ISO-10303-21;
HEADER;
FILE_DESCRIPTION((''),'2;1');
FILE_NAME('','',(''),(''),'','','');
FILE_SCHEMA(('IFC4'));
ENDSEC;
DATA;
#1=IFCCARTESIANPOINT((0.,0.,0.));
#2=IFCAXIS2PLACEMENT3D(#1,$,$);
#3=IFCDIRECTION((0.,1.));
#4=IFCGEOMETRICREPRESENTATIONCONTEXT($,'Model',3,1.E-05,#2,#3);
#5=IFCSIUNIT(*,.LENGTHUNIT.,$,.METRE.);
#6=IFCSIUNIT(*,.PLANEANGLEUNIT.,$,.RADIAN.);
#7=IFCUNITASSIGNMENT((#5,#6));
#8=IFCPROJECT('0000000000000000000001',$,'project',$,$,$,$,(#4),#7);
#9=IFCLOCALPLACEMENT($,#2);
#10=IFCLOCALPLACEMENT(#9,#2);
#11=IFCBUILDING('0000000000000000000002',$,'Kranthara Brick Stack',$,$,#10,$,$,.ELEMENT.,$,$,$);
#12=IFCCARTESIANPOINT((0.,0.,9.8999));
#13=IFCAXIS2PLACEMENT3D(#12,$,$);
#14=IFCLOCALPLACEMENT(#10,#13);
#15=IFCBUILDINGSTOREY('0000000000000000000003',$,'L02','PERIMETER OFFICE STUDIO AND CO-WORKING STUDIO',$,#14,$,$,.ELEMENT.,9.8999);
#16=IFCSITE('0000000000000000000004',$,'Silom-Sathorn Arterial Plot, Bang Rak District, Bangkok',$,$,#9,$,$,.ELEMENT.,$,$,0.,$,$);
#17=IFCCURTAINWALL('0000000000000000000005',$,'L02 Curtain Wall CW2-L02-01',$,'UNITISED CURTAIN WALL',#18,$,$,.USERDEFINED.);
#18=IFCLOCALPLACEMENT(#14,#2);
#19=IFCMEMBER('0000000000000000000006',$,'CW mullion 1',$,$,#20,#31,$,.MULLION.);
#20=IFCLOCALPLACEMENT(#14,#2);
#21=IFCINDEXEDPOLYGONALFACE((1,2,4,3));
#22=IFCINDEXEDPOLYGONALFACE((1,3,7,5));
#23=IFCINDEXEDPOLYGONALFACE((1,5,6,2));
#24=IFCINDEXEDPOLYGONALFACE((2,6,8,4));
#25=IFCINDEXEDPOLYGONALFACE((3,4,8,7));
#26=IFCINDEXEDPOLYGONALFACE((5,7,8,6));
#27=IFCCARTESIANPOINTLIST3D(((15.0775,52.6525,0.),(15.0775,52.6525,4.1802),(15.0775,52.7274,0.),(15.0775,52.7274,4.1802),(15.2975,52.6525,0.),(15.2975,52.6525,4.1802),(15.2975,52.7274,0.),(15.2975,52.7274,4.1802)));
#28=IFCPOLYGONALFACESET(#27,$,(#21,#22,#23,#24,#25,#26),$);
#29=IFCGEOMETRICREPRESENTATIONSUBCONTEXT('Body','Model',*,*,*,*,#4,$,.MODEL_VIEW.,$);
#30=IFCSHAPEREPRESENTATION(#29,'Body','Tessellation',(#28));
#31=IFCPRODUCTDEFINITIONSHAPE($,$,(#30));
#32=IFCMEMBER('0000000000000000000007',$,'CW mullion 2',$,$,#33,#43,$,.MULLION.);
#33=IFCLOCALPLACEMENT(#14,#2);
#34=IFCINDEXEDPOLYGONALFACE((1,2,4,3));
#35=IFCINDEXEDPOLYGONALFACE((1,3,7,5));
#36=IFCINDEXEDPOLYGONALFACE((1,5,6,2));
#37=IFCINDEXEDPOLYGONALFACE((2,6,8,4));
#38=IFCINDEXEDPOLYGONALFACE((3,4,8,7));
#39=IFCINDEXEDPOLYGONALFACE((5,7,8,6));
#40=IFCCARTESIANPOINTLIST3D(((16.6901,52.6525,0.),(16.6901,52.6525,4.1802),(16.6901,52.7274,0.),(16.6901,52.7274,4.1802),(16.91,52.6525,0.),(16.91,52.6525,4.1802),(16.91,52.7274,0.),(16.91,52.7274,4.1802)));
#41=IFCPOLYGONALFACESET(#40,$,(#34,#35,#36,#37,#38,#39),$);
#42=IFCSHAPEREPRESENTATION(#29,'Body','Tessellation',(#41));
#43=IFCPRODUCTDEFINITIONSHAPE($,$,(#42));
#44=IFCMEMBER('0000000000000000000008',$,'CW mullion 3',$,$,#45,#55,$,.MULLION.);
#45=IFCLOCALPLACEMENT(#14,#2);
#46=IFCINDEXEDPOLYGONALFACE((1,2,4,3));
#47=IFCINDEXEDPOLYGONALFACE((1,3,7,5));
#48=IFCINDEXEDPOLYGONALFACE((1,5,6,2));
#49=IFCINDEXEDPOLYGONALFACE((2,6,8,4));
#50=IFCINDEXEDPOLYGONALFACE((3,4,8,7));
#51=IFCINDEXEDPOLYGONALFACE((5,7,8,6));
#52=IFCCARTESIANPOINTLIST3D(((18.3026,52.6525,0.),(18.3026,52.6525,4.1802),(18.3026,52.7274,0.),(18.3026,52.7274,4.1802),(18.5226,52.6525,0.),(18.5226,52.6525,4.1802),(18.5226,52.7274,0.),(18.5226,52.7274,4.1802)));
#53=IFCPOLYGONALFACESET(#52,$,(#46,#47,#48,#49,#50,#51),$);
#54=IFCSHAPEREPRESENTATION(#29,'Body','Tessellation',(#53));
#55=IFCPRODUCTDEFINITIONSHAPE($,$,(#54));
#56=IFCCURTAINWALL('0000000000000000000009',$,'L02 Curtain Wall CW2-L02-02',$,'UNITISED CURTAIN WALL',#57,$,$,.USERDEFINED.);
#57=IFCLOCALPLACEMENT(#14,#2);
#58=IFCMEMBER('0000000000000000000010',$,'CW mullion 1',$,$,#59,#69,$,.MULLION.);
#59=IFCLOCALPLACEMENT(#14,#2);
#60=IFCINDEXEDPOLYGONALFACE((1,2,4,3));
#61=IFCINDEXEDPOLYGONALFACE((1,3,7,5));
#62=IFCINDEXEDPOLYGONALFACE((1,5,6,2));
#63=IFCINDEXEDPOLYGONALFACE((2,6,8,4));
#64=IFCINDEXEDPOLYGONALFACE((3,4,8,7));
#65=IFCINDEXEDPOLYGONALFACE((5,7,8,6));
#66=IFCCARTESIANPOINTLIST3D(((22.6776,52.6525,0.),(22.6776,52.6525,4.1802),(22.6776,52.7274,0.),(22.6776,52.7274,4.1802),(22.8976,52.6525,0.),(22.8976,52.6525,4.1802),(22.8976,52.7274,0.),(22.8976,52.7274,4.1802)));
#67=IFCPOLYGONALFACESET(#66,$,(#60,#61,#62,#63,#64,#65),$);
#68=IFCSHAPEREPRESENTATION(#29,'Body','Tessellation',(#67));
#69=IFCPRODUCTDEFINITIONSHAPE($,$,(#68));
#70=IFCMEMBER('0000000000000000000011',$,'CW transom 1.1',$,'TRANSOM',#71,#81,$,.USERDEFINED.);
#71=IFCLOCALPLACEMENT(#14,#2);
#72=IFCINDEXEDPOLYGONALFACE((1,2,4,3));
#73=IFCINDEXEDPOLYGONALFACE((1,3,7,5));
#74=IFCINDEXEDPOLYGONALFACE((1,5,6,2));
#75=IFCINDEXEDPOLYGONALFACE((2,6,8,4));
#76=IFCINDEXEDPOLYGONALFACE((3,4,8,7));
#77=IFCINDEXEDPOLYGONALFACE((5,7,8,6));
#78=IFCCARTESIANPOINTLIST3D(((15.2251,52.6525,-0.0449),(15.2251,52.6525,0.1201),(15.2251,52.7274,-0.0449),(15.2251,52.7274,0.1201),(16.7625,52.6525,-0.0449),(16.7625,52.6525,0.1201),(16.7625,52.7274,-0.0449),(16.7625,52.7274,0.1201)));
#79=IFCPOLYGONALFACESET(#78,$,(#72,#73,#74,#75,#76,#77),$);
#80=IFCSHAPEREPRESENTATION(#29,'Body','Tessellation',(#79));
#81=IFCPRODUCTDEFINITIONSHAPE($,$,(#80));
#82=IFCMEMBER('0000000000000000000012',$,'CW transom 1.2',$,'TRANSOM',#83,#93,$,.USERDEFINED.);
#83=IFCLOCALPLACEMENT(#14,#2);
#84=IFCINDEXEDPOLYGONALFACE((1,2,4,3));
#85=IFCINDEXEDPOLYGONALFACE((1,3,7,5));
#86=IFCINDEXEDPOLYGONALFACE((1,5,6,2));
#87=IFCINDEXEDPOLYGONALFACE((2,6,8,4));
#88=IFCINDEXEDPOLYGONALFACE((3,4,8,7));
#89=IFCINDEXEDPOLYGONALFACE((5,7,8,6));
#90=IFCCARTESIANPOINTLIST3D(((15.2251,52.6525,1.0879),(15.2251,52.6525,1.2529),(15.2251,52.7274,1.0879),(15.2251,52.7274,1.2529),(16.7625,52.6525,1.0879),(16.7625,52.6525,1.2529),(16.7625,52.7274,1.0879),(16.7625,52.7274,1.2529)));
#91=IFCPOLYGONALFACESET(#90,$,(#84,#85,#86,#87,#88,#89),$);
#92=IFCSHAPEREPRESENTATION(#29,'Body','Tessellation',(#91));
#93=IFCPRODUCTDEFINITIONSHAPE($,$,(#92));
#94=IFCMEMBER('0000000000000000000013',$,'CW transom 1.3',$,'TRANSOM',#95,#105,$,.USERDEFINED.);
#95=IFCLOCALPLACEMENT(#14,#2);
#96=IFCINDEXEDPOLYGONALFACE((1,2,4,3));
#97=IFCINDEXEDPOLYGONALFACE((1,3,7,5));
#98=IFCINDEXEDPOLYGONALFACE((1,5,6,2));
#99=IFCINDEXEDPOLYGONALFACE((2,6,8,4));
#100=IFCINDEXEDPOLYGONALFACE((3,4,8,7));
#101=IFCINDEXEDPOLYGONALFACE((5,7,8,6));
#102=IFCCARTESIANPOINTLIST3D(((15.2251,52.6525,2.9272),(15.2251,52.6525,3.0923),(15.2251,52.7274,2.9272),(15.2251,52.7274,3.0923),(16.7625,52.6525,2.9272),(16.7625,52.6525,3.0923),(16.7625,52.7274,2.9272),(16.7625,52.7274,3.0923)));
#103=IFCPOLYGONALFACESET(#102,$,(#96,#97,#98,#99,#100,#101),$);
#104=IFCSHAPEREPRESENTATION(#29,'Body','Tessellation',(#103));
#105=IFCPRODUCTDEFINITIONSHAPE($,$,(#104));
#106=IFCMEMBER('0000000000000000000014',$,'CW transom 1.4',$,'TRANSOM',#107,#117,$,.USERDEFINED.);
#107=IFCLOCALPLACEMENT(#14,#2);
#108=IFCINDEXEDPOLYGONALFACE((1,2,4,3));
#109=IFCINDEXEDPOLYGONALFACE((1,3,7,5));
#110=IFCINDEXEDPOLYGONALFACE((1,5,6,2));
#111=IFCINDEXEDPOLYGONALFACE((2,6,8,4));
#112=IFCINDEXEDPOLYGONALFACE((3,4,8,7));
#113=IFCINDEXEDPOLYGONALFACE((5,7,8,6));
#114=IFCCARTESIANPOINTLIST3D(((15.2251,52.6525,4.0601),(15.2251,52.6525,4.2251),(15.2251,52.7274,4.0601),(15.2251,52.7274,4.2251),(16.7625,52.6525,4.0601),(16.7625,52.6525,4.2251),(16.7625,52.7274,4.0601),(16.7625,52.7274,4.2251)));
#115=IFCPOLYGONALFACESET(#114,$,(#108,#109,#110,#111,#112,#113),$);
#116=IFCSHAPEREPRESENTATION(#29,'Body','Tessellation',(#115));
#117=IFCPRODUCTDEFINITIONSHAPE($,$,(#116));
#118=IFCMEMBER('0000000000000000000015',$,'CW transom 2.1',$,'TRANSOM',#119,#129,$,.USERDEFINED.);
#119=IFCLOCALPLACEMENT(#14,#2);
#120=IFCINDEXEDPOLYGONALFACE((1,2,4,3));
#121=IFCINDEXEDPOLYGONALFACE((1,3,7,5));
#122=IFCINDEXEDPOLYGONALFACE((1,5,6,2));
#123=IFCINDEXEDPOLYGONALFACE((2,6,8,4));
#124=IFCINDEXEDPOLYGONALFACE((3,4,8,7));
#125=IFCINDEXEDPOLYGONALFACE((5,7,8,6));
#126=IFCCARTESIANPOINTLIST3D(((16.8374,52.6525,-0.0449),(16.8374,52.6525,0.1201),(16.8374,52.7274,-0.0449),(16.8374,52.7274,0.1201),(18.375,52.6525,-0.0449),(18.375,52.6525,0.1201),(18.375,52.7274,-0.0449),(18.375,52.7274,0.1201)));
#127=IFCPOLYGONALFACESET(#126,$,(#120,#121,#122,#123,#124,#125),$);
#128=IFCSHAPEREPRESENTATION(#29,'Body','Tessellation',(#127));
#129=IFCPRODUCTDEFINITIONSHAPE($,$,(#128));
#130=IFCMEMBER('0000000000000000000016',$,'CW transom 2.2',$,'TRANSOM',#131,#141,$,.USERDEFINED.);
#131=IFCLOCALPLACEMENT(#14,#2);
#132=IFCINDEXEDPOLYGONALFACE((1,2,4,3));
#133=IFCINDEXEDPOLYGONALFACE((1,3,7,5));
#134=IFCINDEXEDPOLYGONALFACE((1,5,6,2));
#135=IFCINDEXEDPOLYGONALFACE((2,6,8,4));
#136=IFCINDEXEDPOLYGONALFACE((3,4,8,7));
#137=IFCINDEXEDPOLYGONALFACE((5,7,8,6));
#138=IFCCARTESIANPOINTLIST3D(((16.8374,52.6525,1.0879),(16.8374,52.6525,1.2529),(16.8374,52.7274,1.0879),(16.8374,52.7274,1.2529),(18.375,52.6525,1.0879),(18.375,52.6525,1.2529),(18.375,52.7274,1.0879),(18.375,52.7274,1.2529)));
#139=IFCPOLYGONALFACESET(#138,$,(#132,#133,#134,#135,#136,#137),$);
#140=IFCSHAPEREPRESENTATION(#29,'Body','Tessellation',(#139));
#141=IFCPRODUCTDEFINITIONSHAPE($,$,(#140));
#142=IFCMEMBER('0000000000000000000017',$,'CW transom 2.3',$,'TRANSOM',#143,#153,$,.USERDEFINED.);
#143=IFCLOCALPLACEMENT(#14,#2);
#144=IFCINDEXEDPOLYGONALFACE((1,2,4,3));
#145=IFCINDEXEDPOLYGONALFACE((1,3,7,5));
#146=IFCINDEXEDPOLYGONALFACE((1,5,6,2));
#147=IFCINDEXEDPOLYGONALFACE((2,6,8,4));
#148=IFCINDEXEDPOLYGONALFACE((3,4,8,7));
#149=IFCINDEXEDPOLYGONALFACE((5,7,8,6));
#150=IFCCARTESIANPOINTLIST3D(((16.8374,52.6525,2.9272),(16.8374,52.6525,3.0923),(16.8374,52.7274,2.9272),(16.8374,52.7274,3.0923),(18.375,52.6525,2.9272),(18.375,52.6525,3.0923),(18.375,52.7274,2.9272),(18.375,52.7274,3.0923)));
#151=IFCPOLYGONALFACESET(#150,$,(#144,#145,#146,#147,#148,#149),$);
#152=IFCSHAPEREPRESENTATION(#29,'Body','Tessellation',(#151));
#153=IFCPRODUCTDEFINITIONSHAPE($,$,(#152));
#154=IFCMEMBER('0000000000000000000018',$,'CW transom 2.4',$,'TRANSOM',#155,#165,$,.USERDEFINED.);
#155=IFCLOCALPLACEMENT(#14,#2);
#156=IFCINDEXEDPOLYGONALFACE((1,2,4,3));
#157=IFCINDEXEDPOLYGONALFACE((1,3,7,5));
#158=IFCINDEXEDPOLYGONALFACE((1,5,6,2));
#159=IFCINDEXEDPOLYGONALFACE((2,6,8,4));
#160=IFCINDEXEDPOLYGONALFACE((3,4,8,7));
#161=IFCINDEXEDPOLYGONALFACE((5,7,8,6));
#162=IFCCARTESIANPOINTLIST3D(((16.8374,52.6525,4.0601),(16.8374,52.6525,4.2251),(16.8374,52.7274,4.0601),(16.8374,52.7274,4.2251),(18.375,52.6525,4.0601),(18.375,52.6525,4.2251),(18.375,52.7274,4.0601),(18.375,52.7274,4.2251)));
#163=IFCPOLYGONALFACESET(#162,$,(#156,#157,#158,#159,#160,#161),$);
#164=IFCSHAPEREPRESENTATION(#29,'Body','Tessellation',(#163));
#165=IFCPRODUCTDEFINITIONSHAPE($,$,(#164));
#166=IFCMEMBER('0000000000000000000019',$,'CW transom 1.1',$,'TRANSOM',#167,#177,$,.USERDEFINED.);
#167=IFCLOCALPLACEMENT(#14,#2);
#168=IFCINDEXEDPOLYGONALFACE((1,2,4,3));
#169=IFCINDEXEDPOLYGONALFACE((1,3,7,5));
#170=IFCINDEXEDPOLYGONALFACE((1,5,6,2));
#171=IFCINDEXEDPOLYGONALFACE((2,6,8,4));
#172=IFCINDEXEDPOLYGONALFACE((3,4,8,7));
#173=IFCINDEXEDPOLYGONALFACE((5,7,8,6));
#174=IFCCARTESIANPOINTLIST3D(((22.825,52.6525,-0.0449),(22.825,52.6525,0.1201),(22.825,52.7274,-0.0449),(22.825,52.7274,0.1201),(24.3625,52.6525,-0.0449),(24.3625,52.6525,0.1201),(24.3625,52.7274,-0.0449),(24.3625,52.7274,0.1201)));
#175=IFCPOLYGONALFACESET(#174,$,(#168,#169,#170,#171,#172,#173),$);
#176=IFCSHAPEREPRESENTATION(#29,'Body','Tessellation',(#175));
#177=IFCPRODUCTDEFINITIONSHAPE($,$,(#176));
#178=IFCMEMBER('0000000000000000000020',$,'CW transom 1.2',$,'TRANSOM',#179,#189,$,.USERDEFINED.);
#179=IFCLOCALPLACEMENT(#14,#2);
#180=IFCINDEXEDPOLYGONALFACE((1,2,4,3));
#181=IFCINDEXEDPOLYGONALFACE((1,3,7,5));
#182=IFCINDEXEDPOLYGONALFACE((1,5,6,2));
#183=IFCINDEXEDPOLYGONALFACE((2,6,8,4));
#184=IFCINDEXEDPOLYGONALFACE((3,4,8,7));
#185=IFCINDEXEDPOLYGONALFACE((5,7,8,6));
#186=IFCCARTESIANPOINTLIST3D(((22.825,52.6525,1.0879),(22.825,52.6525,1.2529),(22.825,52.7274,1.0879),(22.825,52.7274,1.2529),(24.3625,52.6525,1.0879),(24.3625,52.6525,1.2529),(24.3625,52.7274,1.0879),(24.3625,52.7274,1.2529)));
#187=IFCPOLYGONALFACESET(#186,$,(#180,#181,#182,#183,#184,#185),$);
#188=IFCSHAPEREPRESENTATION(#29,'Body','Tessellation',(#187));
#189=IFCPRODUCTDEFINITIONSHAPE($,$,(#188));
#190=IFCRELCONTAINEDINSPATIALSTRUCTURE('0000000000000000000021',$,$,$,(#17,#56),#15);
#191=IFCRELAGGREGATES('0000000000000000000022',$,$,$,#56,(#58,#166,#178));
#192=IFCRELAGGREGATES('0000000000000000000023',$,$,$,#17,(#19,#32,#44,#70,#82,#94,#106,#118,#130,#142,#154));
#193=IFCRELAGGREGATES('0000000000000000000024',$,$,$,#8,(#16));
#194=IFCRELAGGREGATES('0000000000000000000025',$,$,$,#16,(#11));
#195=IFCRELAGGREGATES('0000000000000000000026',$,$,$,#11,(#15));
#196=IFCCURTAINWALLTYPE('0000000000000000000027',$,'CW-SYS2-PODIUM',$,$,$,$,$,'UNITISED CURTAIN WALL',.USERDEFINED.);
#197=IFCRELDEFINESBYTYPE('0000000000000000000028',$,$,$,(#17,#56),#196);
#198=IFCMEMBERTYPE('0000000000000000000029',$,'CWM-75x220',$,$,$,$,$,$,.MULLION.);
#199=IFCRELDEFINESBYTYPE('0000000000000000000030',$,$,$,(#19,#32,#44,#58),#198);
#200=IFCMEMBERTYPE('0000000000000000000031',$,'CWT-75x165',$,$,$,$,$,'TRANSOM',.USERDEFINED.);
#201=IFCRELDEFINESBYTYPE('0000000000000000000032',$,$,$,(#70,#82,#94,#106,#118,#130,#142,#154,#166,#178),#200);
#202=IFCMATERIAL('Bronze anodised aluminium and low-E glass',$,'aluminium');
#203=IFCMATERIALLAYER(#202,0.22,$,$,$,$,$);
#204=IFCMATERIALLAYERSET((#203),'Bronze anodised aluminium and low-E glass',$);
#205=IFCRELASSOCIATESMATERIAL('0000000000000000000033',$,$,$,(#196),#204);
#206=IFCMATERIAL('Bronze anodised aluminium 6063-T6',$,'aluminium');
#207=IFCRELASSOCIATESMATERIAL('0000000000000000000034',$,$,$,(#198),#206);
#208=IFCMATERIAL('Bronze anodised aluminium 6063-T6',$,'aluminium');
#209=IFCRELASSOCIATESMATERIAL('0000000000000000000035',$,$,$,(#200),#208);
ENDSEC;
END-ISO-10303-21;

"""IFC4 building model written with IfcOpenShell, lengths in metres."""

from ifc_helpers import new_model, si_unit, direction, frame, origin, origin_2d, place, context, subcontext, project, spatial, rectangle, extrude, material, layer, layer_set, material_profile, profile_set, type_object, element, aggregate, save


model = new_model("IFC4")

# Units and contexts
model_context = context("Model", 3, precision=1e-05, world=origin(), true_north=direction((0.0, 1.0)))
body_context = subcontext(model_context, "Body", "Model", "MODEL_VIEW")
ifc_project = project(units=[si_unit("LENGTHUNIT", "METRE"), si_unit("PLANEANGLEUNIT", "RADIAN")], contexts=[model_context])

# Site, building, storey
site_placement = place(None, origin())
site = spatial("IfcSite", under=ifc_project, at=site_placement, Name="Silom-Sathorn Arterial Plot, Bang Rak District, Bangkok", CompositionType="ELEMENT", RefElevation=0.0)
building_placement = place(site_placement, origin())
building = spatial("IfcBuilding", under=site, at=building_placement, Name="Kranthara Brick Stack", CompositionType="ELEMENT")
storey_placement = place(building_placement, frame((0.0, 0.0, 9.8999)))
storey = spatial("IfcBuildingStorey", under=building, at=storey_placement, Name="L02", Description="PERIMETER OFFICE STUDIO AND CO-WORKING STUDIO", CompositionType="ELEMENT", Elevation=9.8999)

# Curtain wall, members
ifc_material_1 = material(Name="Bronze anodised aluminium and low-E glass", Category="aluminium")
ifc_layer_1 = layer(ifc_material_1, 0.22)
ifc_layer_set_1 = layer_set([ifc_layer_1], Name="Bronze anodised aluminium and low-E glass")
curtain_wall_type = type_object("IfcCurtainWallType", Name="CW-SYS2-PODIUM", ElementType="UNITISED CURTAIN WALL", PredefinedType="USERDEFINED", material=ifc_layer_set_1)
curtain_wall_1_placement = place(storey_placement, origin())
curtain_wall_1 = element("IfcCurtainWall", 1, at=curtain_wall_1_placement, inside=storey, type_object=curtain_wall_type, Name="L02 Curtain Wall CW2-L02-01", ObjectType="UNITISED CURTAIN WALL", PredefinedType="USERDEFINED")
ifc_material_2 = material(Name="Bronze anodised aluminium 6063-T6", Category="aluminium")
ifc_material_profile_1 = material_profile(ifc_material_2, rectangle(XDim=0.075, YDim=0.22, at=origin_2d()), Name="ALU MULLION 75x220")
ifc_profile_set_1 = profile_set([ifc_material_profile_1], Name="Bronze anodised aluminium 6063-T6")
member_type_1 = type_object("IfcMemberType", Name="CWM-75x220", PredefinedType="MULLION", material=ifc_profile_set_1)
member_1_placement = place(storey_placement, frame((15.1875, 52.6899, 0.0), z_axis=(0.0, 0.0, 1.0), x_axis=(0.0, 1.0, 0.0)))
member_1 = element("IfcMember", 2, at=member_1_placement, type_object=member_type_1, Name="CW mullion 1", PredefinedType="MULLION", context=body_context, shape_type="SweptSolid", body=[
    extrude(rectangle(XDim=0.075, YDim=0.22, at=origin_2d()), origin(), (0.0, 0.0, 1.0), 4.1802),
])
member_2_placement = place(storey_placement, frame((16.8, 52.6899, 0.0), z_axis=(0.0, 0.0, 1.0), x_axis=(0.0, 1.0, 0.0)))
member_2 = element("IfcMember", 3, at=member_2_placement, type_object=member_type_1, Name="CW mullion 2", PredefinedType="MULLION", context=body_context, shape_type="SweptSolid", body=[
    extrude(rectangle(XDim=0.075, YDim=0.22, at=origin_2d()), origin(), (0.0, 0.0, 1.0), 4.1802),
])
member_3_placement = place(storey_placement, frame((18.4126, 52.6899, 0.0), z_axis=(0.0, 0.0, 1.0), x_axis=(0.0, 1.0, 0.0)))
member_3 = element("IfcMember", 4, at=member_3_placement, type_object=member_type_1, Name="CW mullion 3", PredefinedType="MULLION", context=body_context, shape_type="SweptSolid", body=[
    extrude(rectangle(XDim=0.075, YDim=0.22, at=origin_2d()), origin(), (0.0, 0.0, 1.0), 4.1802),
])

# Curtain wall, member
curtain_wall_2_placement = place(storey_placement, origin())
curtain_wall_2 = element("IfcCurtainWall", 5, at=curtain_wall_2_placement, inside=storey, type_object=curtain_wall_type, Name="L02 Curtain Wall CW2-L02-02", ObjectType="UNITISED CURTAIN WALL", PredefinedType="USERDEFINED")
member_4_placement = place(storey_placement, frame((22.7876, 52.6899, 0.0), z_axis=(0.0, 0.0, 1.0), x_axis=(0.0, 1.0, 0.0)))
member_4 = element("IfcMember", 6, at=member_4_placement, type_object=member_type_1, Name="CW mullion 1", PredefinedType="MULLION", context=body_context, shape_type="SweptSolid", body=[
    extrude(rectangle(XDim=0.075, YDim=0.22, at=origin_2d()), origin(), (0.0, 0.0, 1.0), 4.1802),
])

# Members
ifc_material_3 = material(Name="Bronze anodised aluminium 6063-T6", Category="aluminium")
ifc_material_profile_2 = material_profile(ifc_material_3, rectangle(XDim=0.075, YDim=0.165, at=origin_2d()), Name="ALU TRANSOM 75x165")
ifc_profile_set_2 = profile_set([ifc_material_profile_2], Name="Bronze anodised aluminium 6063-T6")
member_type_2 = type_object("IfcMemberType", Name="CWT-75x165", ElementType="TRANSOM", PredefinedType="USERDEFINED", material=ifc_profile_set_2)
member_5_placement = place(storey_placement, frame((15.2251, 52.6899, 0.0376), z_axis=(1.0, 0.0, 0.0), x_axis=(0.0, 1.0, 0.0)))
member_5 = element("IfcMember", 7, at=member_5_placement, type_object=member_type_2, Name="CW transom 1.1", ObjectType="TRANSOM", PredefinedType="USERDEFINED", context=body_context, shape_type="SweptSolid", body=[
    extrude(rectangle(XDim=0.075, YDim=0.165, at=origin_2d()), origin(), (0.0, 0.0, 1.0), 1.5374),
])
member_6_placement = place(storey_placement, frame((15.2251, 52.6899, 1.1704), z_axis=(1.0, 0.0, 0.0), x_axis=(0.0, 1.0, 0.0)))
member_6 = element("IfcMember", 8, at=member_6_placement, type_object=member_type_2, Name="CW transom 1.2", ObjectType="TRANSOM", PredefinedType="USERDEFINED", context=body_context, shape_type="SweptSolid", body=[
    extrude(rectangle(XDim=0.075, YDim=0.165, at=origin_2d()), origin(), (0.0, 0.0, 1.0), 1.5374),
])
member_7_placement = place(storey_placement, frame((15.2251, 52.6899, 3.0098), z_axis=(1.0, 0.0, 0.0), x_axis=(0.0, 1.0, 0.0)))
member_7 = element("IfcMember", 9, at=member_7_placement, type_object=member_type_2, Name="CW transom 1.3", ObjectType="TRANSOM", PredefinedType="USERDEFINED", context=body_context, shape_type="SweptSolid", body=[
    extrude(rectangle(XDim=0.075, YDim=0.165, at=origin_2d()), origin(), (0.0, 0.0, 1.0), 1.5374),
])
member_8_placement = place(storey_placement, frame((15.2251, 52.6899, 4.1426), z_axis=(1.0, 0.0, 0.0), x_axis=(0.0, 1.0, 0.0)))
member_8 = element("IfcMember", 10, at=member_8_placement, type_object=member_type_2, Name="CW transom 1.4", ObjectType="TRANSOM", PredefinedType="USERDEFINED", context=body_context, shape_type="SweptSolid", body=[
    extrude(rectangle(XDim=0.075, YDim=0.165, at=origin_2d()), origin(), (0.0, 0.0, 1.0), 1.5374),
])
member_9_placement = place(storey_placement, frame((16.8374, 52.6899, 0.0376), z_axis=(1.0, 0.0, 0.0), x_axis=(0.0, 1.0, 0.0)))
member_9 = element("IfcMember", 11, at=member_9_placement, type_object=member_type_2, Name="CW transom 2.1", ObjectType="TRANSOM", PredefinedType="USERDEFINED", context=body_context, shape_type="SweptSolid", body=[
    extrude(rectangle(XDim=0.075, YDim=0.165, at=origin_2d()), origin(), (0.0, 0.0, 1.0), 1.5376),
])
member_10_placement = place(storey_placement, frame((16.8374, 52.6899, 1.1704), z_axis=(1.0, 0.0, 0.0), x_axis=(0.0, 1.0, 0.0)))
member_10 = element("IfcMember", 12, at=member_10_placement, type_object=member_type_2, Name="CW transom 2.2", ObjectType="TRANSOM", PredefinedType="USERDEFINED", context=body_context, shape_type="SweptSolid", body=[
    extrude(rectangle(XDim=0.075, YDim=0.165, at=origin_2d()), origin(), (0.0, 0.0, 1.0), 1.5376),
])
member_11_placement = place(storey_placement, frame((16.8374, 52.6899, 3.0098), z_axis=(1.0, 0.0, 0.0), x_axis=(0.0, 1.0, 0.0)))
member_11 = element("IfcMember", 13, at=member_11_placement, type_object=member_type_2, Name="CW transom 2.3", ObjectType="TRANSOM", PredefinedType="USERDEFINED", context=body_context, shape_type="SweptSolid", body=[
    extrude(rectangle(XDim=0.075, YDim=0.165, at=origin_2d()), origin(), (0.0, 0.0, 1.0), 1.5376),
])
member_12_placement = place(storey_placement, frame((16.8374, 52.6899, 4.1426), z_axis=(1.0, 0.0, 0.0), x_axis=(0.0, 1.0, 0.0)))
member_12 = element("IfcMember", 14, at=member_12_placement, type_object=member_type_2, Name="CW transom 2.4", ObjectType="TRANSOM", PredefinedType="USERDEFINED", context=body_context, shape_type="SweptSolid", body=[
    extrude(rectangle(XDim=0.075, YDim=0.165, at=origin_2d()), origin(), (0.0, 0.0, 1.0), 1.5376),
])
member_13_placement = place(storey_placement, frame((22.825, 52.6899, 0.0376), z_axis=(1.0, 0.0, 0.0), x_axis=(0.0, 1.0, 0.0)))
member_13 = element("IfcMember", 15, at=member_13_placement, type_object=member_type_2, Name="CW transom 1.1", ObjectType="TRANSOM", PredefinedType="USERDEFINED", context=body_context, shape_type="SweptSolid", body=[
    extrude(rectangle(XDim=0.075, YDim=0.165, at=origin_2d()), origin(), (0.0, 0.0, 1.0), 1.5376),
])
member_14_placement = place(storey_placement, frame((22.825, 52.6899, 1.1704), z_axis=(1.0, 0.0, 0.0), x_axis=(0.0, 1.0, 0.0)))
member_14 = element("IfcMember", 16, at=member_14_placement, type_object=member_type_2, Name="CW transom 1.2", ObjectType="TRANSOM", PredefinedType="USERDEFINED", context=body_context, shape_type="SweptSolid", body=[
    extrude(rectangle(XDim=0.075, YDim=0.165, at=origin_2d()), origin(), (0.0, 0.0, 1.0), 1.5376),
])
aggregate(curtain_wall_2, [member_4, member_13, member_14])

aggregate(curtain_wall_1, [member_1, member_2, member_3, member_5, member_6, member_7, member_8, member_9, member_10, member_11, member_12])

save(model, "model.ifc")
